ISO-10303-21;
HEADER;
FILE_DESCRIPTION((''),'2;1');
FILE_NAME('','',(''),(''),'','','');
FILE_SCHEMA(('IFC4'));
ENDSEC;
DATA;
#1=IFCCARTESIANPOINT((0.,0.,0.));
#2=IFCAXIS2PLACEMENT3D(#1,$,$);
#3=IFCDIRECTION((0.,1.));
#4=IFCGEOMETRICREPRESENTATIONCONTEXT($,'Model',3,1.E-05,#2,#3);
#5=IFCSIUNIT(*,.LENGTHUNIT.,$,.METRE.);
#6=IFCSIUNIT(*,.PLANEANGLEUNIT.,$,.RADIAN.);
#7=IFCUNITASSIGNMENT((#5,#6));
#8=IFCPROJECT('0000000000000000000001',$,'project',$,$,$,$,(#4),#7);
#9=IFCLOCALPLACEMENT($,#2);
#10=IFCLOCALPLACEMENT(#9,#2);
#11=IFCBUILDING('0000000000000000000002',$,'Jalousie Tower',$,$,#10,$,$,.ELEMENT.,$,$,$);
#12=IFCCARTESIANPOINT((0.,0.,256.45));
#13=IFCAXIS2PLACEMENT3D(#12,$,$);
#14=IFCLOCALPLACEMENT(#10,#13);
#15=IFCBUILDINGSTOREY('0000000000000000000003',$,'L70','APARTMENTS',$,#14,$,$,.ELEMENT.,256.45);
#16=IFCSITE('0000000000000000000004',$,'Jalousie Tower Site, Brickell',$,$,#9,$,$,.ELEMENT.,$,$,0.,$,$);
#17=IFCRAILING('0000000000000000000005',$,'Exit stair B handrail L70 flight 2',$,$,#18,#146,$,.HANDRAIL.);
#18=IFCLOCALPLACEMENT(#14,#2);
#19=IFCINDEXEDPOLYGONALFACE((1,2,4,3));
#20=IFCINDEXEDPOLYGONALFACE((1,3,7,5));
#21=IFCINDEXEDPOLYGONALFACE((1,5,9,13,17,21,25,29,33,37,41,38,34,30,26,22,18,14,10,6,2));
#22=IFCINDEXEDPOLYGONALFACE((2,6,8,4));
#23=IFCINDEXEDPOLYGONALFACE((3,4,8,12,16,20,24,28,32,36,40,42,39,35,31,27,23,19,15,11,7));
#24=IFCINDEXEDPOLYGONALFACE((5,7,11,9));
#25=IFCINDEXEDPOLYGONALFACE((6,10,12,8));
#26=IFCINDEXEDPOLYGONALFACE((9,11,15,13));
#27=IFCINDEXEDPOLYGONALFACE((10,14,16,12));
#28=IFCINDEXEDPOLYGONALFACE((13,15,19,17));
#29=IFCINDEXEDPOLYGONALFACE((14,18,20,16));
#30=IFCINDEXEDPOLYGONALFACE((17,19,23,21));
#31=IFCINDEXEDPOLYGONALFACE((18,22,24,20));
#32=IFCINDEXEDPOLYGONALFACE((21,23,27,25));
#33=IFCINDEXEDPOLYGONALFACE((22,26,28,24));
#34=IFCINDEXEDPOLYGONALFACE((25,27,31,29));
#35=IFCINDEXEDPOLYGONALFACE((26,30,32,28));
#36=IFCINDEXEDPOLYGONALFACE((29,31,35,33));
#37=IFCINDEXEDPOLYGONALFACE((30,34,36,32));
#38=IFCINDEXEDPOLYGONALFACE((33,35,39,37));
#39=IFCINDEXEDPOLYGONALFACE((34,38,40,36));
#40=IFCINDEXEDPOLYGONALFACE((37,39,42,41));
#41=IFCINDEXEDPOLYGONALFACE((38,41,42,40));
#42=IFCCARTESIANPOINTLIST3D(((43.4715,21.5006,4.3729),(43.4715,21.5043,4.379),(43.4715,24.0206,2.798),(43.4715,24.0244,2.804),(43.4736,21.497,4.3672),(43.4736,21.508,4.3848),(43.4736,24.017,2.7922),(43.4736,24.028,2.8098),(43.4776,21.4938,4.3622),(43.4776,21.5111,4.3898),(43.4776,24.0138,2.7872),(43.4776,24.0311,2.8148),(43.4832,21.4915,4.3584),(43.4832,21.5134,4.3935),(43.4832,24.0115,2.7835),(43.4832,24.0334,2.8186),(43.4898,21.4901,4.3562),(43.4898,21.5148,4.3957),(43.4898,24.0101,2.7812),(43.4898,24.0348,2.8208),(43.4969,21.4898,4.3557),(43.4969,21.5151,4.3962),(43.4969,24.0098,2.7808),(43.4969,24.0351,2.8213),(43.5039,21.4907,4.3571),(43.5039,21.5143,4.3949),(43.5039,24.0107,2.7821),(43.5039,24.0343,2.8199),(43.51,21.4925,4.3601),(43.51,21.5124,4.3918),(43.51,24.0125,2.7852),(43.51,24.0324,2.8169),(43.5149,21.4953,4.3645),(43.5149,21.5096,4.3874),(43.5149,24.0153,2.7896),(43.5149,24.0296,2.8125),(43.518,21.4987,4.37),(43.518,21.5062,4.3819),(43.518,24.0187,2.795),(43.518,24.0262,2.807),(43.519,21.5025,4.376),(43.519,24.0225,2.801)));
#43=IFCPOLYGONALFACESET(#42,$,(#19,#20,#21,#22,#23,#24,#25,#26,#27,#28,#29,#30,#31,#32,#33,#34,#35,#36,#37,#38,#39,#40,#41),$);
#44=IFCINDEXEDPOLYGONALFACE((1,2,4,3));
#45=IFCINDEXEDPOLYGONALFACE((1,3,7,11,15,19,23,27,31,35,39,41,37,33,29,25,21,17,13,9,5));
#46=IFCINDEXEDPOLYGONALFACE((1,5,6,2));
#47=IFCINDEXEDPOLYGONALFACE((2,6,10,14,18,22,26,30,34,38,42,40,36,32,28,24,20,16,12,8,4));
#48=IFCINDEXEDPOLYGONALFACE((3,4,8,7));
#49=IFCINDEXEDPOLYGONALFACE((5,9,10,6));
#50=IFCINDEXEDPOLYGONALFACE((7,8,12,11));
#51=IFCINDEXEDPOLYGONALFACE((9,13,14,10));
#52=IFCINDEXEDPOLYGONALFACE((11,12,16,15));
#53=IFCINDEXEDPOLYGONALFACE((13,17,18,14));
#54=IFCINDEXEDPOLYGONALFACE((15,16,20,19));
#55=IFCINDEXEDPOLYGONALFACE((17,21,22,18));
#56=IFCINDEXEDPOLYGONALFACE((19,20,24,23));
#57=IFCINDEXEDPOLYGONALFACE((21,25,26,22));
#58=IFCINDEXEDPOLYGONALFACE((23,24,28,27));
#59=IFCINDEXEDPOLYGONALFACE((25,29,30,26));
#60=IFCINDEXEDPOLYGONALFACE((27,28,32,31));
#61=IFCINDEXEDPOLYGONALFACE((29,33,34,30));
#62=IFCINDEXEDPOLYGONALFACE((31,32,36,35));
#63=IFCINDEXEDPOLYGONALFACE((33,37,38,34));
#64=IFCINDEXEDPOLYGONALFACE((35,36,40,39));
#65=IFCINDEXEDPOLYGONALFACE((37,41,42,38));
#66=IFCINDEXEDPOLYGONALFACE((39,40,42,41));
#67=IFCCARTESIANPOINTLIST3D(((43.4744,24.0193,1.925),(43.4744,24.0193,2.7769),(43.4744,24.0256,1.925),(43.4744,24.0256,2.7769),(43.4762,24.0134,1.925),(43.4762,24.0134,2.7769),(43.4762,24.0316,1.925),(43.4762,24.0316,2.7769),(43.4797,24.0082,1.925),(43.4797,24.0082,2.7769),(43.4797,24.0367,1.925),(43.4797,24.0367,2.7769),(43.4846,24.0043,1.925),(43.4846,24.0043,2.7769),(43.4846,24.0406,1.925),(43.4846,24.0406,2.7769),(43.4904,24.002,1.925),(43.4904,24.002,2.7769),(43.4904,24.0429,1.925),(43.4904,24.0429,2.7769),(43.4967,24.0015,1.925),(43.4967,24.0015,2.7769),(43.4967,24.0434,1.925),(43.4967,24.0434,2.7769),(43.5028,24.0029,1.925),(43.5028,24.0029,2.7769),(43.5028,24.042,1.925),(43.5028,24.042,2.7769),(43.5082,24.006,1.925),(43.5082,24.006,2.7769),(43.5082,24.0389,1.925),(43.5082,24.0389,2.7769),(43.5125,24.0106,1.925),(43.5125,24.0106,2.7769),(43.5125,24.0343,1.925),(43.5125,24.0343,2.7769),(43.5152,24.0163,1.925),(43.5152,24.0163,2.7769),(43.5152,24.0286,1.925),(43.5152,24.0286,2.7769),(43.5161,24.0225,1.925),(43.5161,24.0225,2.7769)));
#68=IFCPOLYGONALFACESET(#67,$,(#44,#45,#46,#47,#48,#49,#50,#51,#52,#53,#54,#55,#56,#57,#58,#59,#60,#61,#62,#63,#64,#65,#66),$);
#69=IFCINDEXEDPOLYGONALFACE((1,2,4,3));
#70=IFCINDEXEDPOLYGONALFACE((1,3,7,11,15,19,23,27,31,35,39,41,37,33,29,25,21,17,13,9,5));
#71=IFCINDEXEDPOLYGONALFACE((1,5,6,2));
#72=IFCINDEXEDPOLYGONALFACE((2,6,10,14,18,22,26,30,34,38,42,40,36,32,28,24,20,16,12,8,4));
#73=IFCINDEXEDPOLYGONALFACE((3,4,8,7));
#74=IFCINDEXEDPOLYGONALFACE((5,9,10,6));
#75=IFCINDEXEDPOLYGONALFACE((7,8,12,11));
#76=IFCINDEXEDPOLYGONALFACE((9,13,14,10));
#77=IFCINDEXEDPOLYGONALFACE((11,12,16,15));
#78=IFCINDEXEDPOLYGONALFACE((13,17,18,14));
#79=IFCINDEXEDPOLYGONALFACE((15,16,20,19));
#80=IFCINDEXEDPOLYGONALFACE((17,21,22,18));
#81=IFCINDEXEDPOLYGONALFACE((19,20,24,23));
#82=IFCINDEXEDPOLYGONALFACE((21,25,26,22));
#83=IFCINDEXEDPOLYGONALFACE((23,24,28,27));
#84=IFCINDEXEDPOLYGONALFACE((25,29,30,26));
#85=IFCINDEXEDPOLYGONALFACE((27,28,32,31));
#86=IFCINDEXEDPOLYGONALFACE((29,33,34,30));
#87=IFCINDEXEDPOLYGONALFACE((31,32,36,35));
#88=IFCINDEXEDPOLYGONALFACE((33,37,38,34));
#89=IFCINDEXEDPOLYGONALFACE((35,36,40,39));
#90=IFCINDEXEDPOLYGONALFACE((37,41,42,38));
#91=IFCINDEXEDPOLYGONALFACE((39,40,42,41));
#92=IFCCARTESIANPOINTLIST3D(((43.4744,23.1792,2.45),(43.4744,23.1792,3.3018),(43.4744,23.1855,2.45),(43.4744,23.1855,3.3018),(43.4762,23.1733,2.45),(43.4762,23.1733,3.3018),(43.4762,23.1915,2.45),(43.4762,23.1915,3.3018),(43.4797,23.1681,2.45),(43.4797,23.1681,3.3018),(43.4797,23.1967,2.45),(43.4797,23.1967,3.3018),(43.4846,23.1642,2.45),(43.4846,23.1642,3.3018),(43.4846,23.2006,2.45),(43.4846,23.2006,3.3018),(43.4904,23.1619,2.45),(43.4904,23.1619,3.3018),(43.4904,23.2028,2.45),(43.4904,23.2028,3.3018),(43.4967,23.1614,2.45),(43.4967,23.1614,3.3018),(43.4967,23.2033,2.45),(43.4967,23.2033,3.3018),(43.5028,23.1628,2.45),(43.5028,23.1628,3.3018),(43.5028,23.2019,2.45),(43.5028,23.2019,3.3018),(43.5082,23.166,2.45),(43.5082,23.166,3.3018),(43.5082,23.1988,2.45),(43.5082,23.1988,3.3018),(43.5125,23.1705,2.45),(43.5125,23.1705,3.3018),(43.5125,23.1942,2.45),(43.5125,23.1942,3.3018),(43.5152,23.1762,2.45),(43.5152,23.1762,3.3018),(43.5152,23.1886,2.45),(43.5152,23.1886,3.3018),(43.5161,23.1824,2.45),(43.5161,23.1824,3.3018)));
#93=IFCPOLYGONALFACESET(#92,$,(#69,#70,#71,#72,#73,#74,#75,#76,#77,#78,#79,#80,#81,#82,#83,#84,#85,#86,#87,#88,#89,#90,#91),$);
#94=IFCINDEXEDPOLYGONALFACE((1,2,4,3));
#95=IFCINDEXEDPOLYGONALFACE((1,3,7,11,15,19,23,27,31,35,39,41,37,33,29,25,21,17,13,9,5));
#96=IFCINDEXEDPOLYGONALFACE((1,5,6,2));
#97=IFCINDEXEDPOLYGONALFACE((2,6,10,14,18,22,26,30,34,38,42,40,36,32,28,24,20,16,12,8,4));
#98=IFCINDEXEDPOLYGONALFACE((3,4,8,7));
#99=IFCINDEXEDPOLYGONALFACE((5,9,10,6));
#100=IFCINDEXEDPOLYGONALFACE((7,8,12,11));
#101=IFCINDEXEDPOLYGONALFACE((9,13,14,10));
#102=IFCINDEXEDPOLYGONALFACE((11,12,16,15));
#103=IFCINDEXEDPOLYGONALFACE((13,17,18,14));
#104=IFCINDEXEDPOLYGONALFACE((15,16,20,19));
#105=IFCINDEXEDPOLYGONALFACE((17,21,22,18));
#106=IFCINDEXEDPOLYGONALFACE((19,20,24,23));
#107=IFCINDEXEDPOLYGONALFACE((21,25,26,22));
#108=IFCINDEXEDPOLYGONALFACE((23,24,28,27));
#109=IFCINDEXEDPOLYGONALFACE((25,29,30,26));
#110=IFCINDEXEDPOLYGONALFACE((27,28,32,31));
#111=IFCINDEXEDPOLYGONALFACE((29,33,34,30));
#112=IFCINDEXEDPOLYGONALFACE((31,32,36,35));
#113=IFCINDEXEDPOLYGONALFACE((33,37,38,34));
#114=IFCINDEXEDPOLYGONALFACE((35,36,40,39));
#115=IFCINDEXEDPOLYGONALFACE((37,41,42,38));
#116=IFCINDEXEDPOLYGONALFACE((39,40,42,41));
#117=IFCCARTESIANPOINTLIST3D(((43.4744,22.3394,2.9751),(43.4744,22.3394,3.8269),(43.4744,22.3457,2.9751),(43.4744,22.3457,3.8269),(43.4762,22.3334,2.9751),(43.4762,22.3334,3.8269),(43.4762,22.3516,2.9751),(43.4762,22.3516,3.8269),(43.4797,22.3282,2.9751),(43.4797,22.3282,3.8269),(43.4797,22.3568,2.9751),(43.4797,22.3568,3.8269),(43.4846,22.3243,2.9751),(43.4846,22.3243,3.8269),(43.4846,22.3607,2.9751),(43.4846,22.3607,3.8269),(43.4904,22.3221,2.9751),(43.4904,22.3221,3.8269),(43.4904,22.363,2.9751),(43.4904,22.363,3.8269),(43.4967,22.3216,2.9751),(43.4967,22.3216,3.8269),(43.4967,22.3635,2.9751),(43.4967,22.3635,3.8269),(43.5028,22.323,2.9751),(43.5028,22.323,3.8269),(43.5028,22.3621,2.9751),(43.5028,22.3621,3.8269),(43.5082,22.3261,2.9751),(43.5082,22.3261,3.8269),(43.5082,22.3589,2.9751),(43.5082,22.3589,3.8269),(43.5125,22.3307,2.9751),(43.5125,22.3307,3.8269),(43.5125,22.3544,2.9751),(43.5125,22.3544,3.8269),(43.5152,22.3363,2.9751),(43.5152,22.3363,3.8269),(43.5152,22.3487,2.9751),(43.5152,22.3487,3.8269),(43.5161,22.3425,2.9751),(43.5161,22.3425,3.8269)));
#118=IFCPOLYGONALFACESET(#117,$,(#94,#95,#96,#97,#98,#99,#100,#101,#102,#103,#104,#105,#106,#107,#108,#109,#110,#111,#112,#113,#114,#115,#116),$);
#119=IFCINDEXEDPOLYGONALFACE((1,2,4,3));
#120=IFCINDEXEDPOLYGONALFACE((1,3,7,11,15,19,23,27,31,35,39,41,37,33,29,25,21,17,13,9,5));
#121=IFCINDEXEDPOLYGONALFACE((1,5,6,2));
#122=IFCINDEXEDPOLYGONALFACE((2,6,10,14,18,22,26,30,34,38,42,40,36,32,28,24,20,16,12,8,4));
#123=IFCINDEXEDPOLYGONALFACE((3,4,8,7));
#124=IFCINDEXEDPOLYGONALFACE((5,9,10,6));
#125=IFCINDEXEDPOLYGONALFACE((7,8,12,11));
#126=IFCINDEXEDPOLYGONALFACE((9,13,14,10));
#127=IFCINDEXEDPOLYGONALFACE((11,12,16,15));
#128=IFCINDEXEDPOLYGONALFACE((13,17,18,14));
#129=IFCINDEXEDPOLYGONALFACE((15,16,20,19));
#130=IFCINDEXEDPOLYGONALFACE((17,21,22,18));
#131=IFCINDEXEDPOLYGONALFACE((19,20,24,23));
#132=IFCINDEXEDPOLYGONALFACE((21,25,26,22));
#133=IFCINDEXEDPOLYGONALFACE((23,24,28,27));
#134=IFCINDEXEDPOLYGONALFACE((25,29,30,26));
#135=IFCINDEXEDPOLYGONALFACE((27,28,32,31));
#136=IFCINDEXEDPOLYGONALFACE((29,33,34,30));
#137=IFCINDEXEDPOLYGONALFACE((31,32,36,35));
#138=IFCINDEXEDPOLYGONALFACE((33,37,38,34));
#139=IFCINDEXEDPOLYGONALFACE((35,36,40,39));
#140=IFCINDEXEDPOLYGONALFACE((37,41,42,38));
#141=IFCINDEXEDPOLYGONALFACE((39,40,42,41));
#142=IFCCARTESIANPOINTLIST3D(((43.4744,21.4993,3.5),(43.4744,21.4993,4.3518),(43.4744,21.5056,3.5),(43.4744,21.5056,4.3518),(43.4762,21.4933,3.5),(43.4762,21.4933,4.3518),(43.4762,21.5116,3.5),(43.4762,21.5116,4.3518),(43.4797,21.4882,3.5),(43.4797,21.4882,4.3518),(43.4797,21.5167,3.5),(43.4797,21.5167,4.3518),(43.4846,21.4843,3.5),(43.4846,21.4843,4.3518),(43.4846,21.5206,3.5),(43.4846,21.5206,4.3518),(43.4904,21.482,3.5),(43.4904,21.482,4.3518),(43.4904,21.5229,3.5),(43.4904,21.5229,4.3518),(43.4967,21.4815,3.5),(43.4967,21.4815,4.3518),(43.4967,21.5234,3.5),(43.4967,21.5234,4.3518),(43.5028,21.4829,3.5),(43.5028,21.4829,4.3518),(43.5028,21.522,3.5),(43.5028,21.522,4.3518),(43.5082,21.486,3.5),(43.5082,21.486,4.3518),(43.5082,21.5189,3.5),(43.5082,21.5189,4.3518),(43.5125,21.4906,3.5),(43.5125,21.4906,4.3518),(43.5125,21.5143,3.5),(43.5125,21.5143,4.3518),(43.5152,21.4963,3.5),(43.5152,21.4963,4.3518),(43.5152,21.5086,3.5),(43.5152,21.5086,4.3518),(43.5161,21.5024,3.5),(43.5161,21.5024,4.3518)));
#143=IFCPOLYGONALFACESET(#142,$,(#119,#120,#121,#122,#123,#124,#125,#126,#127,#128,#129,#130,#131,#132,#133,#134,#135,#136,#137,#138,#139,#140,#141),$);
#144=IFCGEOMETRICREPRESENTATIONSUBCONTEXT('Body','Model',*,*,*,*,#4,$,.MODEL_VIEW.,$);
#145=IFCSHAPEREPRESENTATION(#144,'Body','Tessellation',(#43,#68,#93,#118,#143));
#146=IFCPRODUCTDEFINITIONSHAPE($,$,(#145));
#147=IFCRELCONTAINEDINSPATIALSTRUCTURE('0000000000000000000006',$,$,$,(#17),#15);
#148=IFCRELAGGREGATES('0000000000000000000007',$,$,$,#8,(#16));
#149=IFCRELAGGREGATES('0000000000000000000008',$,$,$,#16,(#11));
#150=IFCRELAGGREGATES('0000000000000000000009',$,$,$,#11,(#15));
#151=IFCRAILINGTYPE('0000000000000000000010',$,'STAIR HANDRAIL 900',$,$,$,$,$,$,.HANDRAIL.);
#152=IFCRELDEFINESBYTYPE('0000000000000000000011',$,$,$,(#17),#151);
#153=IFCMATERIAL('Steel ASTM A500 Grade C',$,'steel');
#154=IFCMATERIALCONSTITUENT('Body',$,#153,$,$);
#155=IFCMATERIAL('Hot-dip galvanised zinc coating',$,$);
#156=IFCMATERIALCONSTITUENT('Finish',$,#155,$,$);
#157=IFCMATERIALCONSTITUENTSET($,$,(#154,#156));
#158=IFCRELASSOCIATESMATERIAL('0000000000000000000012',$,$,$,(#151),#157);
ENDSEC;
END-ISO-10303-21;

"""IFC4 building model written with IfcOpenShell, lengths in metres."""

from ifc_helpers import new_model, si_unit, direction, frame, origin, origin_2d, place, context, subcontext, project, spatial, circle, extrude, material, constituent, constituent_set, type_object, element, save


model = new_model("IFC4")

# Units and contexts
model_context = context("Model", 3, precision=1e-05, world=origin(), true_north=direction((0.0, 1.0)))
body_context = subcontext(model_context, "Body", "Model", "MODEL_VIEW")
ifc_project = project(units=[si_unit("LENGTHUNIT", "METRE"), si_unit("PLANEANGLEUNIT", "RADIAN")], contexts=[model_context])

# Site, building, storey
site_placement = place(None, origin())
site = spatial("IfcSite", under=ifc_project, at=site_placement, Name="Jalousie Tower Site, Brickell", CompositionType="ELEMENT", RefElevation=0.0)
building_placement = place(site_placement, origin())
building = spatial("IfcBuilding", under=site, at=building_placement, Name="Jalousie Tower", CompositionType="ELEMENT")
storey_placement = place(building_placement, frame((0.0, 0.0, 256.45)))
storey = spatial("IfcBuildingStorey", under=building, at=storey_placement, Name="L70", Description="APARTMENTS", CompositionType="ELEMENT", Elevation=256.45)

# Railing
ifc_material_1 = material(Name="Steel ASTM A500 Grade C", Category="steel")
ifc_constituent_1 = constituent(ifc_material_1, Name="Body")
ifc_material_2 = material(Name="Hot-dip galvanised zinc coating")
ifc_constituent_2 = constituent(ifc_material_2, Name="Finish")
ifc_constituent_set_1 = constituent_set(constituents=[ifc_constituent_1, ifc_constituent_2])
railing_type_1 = type_object("IfcRailingType", Name="STAIR HANDRAIL 900", PredefinedType="HANDRAIL", material=ifc_constituent_set_1)
railing_1_placement = place(storey_placement, frame((43.4951, 24.0225, 1.925)))
element("IfcRailing", 1, at=railing_1_placement, inside=storey, type_object=railing_type_1, Name="Exit stair B handrail L70 flight 2", PredefinedType="HANDRAIL", context=body_context, shape_type="SweptSolid", body=[
    extrude(circle(Radius=0.0239, at=origin_2d()), frame((0.0, 0.0, 0.876), z_axis=(0.0, -0.848008, 0.529984), x_axis=(1.0, 0.0, 0.0)), (0.0, 0.0, 1.0), 2.9717),
    extrude(circle(Radius=0.021, at=origin_2d()), origin(), (0.0, 0.0, 1.0), 0.8518),
    extrude(circle(Radius=0.021, at=origin_2d()), frame((0.0, -0.8401, 0.5249)), (0.0, 0.0, 1.0), 0.8518),
    extrude(circle(Radius=0.021, at=origin_2d()), frame((0.0, -1.6799, 1.05)), (0.0, 0.0, 1.0), 0.8518),
    extrude(circle(Radius=0.021, at=origin_2d()), frame((0.0, -2.52, 1.575)), (0.0, 0.0, 1.0), 0.8518),
])

save(model, "model.ifc")
